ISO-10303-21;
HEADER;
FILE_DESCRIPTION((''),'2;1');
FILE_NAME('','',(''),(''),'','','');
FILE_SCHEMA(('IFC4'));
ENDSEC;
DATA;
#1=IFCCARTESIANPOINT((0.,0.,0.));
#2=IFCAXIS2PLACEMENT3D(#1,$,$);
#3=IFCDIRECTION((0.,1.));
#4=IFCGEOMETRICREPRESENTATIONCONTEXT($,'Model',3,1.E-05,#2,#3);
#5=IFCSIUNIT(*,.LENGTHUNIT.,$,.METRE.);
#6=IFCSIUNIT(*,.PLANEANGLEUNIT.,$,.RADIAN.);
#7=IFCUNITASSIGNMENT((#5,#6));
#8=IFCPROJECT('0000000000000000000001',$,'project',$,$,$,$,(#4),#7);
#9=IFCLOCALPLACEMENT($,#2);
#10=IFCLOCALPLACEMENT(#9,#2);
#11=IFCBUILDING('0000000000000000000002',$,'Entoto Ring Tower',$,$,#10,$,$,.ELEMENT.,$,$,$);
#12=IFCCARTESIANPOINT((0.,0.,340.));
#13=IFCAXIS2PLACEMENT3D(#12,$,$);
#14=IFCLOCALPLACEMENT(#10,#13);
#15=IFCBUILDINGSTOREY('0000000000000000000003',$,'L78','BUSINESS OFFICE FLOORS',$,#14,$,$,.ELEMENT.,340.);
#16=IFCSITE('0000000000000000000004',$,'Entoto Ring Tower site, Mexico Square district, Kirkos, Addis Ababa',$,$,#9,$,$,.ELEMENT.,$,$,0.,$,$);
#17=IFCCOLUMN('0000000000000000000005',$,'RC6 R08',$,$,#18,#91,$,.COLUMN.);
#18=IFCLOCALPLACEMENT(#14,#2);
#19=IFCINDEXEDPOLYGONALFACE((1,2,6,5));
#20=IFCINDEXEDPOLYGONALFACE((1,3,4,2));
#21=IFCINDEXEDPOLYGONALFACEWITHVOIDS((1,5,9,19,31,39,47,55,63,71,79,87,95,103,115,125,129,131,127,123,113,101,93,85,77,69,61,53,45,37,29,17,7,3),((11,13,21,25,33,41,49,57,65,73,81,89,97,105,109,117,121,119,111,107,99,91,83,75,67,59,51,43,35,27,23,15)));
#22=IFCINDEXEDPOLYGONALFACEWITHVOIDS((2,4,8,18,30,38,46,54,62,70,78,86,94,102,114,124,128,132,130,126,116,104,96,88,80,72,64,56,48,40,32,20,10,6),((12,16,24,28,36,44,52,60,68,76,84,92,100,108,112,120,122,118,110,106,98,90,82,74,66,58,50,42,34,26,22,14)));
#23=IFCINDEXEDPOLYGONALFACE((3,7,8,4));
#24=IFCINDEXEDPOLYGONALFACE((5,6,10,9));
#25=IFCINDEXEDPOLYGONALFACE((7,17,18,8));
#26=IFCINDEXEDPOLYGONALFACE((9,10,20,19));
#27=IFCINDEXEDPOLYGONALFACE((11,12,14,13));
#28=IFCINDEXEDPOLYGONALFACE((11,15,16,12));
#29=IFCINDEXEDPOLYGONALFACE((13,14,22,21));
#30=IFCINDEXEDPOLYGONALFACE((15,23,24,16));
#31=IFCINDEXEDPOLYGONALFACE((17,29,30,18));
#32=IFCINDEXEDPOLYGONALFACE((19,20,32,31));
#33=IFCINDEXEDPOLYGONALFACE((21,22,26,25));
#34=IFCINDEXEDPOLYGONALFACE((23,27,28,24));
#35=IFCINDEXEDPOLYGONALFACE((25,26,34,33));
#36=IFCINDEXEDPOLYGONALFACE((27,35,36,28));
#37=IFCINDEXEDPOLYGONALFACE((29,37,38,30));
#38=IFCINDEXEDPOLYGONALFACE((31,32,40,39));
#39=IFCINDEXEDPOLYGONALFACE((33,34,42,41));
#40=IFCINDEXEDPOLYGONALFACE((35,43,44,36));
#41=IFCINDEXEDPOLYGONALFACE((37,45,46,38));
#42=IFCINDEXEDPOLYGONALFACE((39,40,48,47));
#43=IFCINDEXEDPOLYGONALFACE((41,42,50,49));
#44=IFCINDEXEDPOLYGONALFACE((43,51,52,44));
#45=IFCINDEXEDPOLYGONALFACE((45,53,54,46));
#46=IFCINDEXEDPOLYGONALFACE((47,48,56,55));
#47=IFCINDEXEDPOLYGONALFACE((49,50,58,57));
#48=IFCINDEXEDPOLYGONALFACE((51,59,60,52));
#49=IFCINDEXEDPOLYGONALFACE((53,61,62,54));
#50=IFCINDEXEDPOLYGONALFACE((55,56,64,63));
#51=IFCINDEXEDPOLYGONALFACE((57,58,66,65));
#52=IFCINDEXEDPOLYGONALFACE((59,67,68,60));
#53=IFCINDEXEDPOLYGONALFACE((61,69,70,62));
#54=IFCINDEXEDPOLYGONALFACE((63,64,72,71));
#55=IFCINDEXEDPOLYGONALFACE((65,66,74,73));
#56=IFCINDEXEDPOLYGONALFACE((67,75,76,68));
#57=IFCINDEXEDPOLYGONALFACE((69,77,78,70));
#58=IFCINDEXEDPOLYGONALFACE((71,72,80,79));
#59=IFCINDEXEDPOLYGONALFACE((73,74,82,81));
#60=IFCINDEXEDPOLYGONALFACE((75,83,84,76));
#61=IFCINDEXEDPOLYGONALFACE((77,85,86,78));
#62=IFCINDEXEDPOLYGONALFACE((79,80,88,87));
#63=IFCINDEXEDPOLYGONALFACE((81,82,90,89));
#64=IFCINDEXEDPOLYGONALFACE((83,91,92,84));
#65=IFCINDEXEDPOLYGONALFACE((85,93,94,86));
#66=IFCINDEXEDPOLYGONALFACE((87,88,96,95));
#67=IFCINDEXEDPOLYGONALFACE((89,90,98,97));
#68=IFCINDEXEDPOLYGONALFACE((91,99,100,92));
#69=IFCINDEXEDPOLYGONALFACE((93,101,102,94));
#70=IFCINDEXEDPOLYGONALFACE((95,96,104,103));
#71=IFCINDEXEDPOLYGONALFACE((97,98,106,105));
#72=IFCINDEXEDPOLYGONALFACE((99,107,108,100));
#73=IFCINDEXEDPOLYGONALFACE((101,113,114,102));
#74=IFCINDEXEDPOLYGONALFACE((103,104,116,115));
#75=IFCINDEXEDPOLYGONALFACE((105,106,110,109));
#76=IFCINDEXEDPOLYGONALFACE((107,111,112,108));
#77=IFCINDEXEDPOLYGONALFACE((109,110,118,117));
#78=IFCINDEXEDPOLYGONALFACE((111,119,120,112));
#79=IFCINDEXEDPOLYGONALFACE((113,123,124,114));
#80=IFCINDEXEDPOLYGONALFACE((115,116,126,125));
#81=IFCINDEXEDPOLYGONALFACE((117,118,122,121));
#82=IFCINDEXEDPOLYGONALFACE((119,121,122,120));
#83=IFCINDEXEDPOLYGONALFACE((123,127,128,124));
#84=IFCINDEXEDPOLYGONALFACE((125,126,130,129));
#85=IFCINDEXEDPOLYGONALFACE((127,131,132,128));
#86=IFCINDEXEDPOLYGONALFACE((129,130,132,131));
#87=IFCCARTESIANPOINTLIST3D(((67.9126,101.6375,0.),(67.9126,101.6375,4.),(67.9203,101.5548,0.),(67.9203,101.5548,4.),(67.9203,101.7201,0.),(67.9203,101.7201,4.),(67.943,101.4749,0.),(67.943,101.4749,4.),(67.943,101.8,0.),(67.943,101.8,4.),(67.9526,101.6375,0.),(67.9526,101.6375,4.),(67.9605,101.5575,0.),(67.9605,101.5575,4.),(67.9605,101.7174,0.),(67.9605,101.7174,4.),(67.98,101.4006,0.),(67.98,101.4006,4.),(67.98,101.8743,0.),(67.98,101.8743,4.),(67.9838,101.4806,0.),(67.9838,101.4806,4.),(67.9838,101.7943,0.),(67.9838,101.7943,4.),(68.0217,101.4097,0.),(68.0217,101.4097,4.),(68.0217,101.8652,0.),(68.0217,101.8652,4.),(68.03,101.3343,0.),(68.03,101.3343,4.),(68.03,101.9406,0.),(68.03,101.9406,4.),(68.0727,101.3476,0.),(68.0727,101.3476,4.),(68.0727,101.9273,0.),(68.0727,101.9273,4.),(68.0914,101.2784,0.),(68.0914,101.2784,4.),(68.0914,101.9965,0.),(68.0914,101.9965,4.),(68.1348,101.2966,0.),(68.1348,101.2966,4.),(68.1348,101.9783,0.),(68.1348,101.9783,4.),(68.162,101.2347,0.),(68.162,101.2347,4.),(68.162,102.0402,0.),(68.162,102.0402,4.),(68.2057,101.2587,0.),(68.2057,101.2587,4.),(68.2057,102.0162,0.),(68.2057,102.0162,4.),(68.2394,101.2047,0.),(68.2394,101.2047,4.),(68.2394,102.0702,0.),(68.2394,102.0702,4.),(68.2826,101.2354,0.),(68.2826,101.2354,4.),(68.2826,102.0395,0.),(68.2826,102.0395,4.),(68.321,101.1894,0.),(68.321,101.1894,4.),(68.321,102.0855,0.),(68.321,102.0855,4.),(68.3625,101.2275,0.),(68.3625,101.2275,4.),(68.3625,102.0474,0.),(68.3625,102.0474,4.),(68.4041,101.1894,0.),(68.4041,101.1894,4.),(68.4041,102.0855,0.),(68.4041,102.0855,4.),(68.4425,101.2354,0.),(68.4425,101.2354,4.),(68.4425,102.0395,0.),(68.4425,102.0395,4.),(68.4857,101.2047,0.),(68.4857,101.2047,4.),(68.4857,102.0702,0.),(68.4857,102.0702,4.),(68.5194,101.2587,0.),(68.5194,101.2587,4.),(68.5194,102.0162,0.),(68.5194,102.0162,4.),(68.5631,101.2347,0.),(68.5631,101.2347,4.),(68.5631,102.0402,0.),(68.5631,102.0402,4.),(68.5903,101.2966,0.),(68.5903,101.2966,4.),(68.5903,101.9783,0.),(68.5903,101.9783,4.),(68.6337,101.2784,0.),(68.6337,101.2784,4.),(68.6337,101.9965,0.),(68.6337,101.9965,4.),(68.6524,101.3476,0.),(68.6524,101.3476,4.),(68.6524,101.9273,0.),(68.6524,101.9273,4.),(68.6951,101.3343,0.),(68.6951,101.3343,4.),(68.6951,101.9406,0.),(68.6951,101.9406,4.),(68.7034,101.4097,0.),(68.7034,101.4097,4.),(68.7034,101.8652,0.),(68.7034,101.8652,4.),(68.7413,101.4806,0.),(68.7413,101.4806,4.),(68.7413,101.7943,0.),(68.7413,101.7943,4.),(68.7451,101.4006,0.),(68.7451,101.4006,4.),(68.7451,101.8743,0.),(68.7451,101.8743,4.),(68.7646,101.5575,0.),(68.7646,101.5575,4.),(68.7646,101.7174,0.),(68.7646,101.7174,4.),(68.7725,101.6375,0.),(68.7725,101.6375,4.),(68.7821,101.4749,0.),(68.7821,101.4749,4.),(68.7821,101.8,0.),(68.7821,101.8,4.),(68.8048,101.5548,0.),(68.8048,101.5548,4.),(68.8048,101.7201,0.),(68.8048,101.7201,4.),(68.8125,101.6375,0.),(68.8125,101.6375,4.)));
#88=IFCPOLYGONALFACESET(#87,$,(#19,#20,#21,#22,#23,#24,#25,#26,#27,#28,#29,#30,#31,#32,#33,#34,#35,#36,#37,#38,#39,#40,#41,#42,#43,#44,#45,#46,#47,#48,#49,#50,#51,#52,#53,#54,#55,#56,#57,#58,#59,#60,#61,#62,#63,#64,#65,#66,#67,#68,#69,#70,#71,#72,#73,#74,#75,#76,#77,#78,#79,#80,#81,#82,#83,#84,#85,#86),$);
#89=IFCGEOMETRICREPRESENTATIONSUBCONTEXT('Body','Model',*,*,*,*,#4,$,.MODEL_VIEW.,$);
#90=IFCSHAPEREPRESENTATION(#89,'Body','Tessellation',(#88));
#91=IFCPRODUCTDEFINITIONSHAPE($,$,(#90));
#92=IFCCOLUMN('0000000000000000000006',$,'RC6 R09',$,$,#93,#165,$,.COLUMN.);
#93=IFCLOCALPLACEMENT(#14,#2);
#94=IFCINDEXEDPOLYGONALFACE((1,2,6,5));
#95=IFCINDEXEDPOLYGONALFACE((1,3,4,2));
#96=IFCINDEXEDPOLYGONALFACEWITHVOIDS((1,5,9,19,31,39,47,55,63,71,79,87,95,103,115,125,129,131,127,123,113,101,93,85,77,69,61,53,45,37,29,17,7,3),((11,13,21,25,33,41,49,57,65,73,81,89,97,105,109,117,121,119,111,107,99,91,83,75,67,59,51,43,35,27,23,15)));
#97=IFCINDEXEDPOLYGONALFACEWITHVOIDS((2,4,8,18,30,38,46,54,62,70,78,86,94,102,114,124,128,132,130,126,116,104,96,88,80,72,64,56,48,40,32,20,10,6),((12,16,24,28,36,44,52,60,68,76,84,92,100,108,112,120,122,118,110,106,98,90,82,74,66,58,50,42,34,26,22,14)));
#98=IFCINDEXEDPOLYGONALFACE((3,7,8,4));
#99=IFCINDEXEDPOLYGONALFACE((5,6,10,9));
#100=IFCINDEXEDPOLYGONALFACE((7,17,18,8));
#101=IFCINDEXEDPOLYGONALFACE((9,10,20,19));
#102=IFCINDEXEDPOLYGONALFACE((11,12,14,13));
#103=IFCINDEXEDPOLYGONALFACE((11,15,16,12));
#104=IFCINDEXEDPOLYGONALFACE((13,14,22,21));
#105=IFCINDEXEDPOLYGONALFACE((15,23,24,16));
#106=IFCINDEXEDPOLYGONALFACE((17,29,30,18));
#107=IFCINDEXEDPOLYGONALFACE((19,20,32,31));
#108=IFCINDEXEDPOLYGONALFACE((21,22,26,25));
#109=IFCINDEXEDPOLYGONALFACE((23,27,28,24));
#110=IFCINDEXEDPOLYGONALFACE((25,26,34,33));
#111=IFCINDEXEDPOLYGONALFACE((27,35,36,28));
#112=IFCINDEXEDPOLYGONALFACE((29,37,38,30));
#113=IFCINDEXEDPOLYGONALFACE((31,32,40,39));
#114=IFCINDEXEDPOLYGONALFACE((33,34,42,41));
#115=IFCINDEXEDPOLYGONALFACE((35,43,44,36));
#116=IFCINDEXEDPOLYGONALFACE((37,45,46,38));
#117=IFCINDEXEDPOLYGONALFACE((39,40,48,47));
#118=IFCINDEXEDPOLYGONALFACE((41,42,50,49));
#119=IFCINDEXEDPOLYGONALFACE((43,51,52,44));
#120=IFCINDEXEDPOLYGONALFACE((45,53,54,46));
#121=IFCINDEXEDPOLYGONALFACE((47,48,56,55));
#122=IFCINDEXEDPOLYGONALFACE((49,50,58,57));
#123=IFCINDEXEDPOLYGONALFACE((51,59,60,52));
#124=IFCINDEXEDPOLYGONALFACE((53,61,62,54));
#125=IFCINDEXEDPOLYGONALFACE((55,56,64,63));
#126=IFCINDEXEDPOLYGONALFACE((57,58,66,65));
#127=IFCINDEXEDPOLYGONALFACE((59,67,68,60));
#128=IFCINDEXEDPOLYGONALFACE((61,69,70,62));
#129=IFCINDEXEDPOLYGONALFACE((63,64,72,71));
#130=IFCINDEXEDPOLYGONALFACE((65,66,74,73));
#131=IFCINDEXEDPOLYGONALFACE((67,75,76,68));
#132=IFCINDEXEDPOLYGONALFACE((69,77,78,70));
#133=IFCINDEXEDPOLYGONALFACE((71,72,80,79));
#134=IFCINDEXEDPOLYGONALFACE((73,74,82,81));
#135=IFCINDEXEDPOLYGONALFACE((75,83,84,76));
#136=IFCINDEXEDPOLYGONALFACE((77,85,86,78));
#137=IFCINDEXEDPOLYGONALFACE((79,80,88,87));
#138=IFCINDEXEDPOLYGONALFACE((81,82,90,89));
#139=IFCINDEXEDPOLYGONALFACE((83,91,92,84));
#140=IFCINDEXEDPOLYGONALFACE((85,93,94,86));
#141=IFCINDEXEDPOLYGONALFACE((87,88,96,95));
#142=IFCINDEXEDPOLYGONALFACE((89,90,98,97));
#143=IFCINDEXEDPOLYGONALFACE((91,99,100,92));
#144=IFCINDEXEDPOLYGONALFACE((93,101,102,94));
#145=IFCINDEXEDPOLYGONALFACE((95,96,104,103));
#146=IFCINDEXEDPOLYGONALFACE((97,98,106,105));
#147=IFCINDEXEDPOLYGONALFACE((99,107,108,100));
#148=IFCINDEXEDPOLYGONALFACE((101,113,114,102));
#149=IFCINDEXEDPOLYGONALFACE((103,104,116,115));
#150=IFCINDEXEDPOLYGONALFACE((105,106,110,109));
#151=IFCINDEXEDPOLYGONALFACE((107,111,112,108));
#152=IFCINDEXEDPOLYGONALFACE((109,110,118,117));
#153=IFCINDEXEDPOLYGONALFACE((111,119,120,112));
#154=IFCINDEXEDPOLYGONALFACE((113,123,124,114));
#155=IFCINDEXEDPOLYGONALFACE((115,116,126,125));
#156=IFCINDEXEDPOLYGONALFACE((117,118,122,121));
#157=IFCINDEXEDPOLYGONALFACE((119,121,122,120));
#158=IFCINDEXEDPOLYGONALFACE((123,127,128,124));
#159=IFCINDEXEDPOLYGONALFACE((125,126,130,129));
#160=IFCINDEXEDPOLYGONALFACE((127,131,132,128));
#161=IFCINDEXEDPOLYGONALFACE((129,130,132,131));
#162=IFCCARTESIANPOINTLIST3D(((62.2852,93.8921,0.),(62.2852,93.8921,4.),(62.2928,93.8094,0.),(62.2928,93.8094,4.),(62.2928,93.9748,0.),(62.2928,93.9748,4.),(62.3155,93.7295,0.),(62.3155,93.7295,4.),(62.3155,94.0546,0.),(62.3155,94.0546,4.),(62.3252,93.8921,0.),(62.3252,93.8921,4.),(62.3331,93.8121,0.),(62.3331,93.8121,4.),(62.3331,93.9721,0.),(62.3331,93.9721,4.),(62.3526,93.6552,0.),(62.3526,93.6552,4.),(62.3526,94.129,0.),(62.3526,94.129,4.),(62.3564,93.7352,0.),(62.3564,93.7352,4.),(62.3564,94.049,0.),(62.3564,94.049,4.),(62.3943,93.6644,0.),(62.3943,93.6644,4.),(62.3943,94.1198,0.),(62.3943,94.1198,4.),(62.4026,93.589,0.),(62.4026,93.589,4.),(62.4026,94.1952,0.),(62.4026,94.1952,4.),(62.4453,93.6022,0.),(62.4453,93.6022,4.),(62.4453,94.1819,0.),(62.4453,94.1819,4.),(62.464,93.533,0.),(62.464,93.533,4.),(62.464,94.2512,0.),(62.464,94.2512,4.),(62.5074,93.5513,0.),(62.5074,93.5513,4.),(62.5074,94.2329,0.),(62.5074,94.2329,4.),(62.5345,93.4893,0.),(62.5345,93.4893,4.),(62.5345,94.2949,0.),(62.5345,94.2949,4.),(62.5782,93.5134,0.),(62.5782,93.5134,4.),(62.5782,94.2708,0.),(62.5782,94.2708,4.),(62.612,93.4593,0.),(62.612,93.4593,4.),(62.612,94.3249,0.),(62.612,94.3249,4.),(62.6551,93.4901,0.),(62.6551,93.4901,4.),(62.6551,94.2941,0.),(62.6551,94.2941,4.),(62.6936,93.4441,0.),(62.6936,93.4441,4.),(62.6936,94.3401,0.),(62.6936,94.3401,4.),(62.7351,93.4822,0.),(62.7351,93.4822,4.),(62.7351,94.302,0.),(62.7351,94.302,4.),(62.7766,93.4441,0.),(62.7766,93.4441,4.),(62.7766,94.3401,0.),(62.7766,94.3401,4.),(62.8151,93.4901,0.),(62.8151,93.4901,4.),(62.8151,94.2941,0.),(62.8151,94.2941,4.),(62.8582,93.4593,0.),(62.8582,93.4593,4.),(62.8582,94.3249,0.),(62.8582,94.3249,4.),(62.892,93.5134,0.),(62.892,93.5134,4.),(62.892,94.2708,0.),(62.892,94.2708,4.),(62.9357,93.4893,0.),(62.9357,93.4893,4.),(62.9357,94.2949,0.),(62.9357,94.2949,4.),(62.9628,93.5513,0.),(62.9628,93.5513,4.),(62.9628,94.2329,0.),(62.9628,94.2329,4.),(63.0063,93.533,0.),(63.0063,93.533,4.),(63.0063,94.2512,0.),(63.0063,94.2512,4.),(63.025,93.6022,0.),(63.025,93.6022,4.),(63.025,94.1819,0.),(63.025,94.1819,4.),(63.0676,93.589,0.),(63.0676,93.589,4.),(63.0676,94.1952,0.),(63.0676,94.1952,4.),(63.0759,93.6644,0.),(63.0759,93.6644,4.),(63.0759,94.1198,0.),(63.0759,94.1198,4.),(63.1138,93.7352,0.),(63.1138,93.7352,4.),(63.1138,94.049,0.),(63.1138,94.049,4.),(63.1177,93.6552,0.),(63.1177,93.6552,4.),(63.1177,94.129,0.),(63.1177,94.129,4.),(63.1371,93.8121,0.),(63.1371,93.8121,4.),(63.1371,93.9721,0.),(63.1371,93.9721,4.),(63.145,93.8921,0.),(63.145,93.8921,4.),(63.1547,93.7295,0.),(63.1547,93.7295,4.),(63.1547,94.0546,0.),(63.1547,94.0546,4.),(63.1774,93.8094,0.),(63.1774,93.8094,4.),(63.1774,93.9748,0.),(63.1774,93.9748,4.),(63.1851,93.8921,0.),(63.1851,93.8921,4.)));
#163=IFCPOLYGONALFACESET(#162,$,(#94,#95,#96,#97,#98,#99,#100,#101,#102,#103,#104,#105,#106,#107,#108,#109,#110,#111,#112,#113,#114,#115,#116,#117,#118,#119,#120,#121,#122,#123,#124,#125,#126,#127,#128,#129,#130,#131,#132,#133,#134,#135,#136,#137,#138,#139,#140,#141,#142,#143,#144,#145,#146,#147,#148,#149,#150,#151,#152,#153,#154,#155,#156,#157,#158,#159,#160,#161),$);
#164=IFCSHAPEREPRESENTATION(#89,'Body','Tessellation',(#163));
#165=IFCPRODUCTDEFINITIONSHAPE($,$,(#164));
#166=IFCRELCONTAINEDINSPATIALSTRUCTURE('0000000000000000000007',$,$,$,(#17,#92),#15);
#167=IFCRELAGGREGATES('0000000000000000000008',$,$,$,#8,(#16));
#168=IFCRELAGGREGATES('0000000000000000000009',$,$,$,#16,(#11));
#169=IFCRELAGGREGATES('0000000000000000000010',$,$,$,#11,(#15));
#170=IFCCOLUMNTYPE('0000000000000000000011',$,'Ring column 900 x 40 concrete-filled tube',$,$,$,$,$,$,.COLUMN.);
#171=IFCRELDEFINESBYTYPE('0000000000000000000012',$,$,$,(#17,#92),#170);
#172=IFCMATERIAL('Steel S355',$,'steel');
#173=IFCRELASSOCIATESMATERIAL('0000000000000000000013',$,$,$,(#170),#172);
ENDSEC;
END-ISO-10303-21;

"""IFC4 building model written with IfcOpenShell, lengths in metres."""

from ifc_helpers import new_model, si_unit, direction, frame, origin, origin_2d, place, context, subcontext, project, spatial, circle, hollow_circle, extrude, material, material_profile, profile_set, type_object, element, save


model = new_model("IFC4")

# Units and contexts
model_context = context("Model", 3, precision=1e-05, world=origin(), true_north=direction((0.0, 1.0)))
body_context = subcontext(model_context, "Body", "Model", "MODEL_VIEW")
ifc_project = project(units=[si_unit("LENGTHUNIT", "METRE"), si_unit("PLANEANGLEUNIT", "RADIAN")], contexts=[model_context])

# Site, building, storey
site_placement = place(None, origin())
site = spatial("IfcSite", under=ifc_project, at=site_placement, Name="Entoto Ring Tower site, Mexico Square district, Kirkos, Addis Ababa", CompositionType="ELEMENT", RefElevation=0.0)
building_placement = place(site_placement, origin())
building = spatial("IfcBuilding", under=site, at=building_placement, Name="Entoto Ring Tower", CompositionType="ELEMENT")
storey_placement = place(building_placement, frame((0.0, 0.0, 340.0)))
storey = spatial("IfcBuildingStorey", under=building, at=storey_placement, Name="L78", Description="BUSINESS OFFICE FLOORS", CompositionType="ELEMENT", Elevation=340.0)

# Columns
ifc_material_1 = material(Name="Steel S355", Category="steel")
ifc_material_profile_1 = material_profile(ifc_material_1, hollow_circle(Radius=0.45, WallThickness=0.04, at=origin_2d()), Name="CHS 900 x 40")
ifc_material_2 = material(Name="Concrete C60/75", Category="concrete")
ifc_material_profile_2 = material_profile(ifc_material_2, circle(Radius=0.4099, at=origin_2d()), Name="Concrete C60/75 infill")
ifc_profile_set_1 = profile_set([ifc_material_profile_1, ifc_material_profile_2], Name="Steel S355")
column_type = type_object("IfcColumnType", Name="Ring column 900 x 40 concrete-filled tube", PredefinedType="COLUMN", material=ifc_profile_set_1)
for number, where, z_axis, x_axis, name in (
    (1, (68.3625, 101.6375, 0.0), (0.0, 0.0, 1.0), (1.0, 0.0, 0.0), "RC6 R08"),
    (2, (62.7351, 93.8921, 0.0), (0.0, 0.0, 1.0), (1.0, 0.0, 0.0), "RC6 R09"),
):
    element("IfcColumn", number, at=place(storey_placement, frame(where, z_axis=z_axis, x_axis=x_axis)), inside=storey, type_object=column_type, Name=name, PredefinedType="COLUMN", context=body_context, shape_type="SweptSolid", body=[
        extrude(hollow_circle(Radius=0.45, WallThickness=0.04, at=origin_2d()), origin(), (0.0, 0.0, 1.0), 4.0),
    ])

save(model, "model.ifc")
